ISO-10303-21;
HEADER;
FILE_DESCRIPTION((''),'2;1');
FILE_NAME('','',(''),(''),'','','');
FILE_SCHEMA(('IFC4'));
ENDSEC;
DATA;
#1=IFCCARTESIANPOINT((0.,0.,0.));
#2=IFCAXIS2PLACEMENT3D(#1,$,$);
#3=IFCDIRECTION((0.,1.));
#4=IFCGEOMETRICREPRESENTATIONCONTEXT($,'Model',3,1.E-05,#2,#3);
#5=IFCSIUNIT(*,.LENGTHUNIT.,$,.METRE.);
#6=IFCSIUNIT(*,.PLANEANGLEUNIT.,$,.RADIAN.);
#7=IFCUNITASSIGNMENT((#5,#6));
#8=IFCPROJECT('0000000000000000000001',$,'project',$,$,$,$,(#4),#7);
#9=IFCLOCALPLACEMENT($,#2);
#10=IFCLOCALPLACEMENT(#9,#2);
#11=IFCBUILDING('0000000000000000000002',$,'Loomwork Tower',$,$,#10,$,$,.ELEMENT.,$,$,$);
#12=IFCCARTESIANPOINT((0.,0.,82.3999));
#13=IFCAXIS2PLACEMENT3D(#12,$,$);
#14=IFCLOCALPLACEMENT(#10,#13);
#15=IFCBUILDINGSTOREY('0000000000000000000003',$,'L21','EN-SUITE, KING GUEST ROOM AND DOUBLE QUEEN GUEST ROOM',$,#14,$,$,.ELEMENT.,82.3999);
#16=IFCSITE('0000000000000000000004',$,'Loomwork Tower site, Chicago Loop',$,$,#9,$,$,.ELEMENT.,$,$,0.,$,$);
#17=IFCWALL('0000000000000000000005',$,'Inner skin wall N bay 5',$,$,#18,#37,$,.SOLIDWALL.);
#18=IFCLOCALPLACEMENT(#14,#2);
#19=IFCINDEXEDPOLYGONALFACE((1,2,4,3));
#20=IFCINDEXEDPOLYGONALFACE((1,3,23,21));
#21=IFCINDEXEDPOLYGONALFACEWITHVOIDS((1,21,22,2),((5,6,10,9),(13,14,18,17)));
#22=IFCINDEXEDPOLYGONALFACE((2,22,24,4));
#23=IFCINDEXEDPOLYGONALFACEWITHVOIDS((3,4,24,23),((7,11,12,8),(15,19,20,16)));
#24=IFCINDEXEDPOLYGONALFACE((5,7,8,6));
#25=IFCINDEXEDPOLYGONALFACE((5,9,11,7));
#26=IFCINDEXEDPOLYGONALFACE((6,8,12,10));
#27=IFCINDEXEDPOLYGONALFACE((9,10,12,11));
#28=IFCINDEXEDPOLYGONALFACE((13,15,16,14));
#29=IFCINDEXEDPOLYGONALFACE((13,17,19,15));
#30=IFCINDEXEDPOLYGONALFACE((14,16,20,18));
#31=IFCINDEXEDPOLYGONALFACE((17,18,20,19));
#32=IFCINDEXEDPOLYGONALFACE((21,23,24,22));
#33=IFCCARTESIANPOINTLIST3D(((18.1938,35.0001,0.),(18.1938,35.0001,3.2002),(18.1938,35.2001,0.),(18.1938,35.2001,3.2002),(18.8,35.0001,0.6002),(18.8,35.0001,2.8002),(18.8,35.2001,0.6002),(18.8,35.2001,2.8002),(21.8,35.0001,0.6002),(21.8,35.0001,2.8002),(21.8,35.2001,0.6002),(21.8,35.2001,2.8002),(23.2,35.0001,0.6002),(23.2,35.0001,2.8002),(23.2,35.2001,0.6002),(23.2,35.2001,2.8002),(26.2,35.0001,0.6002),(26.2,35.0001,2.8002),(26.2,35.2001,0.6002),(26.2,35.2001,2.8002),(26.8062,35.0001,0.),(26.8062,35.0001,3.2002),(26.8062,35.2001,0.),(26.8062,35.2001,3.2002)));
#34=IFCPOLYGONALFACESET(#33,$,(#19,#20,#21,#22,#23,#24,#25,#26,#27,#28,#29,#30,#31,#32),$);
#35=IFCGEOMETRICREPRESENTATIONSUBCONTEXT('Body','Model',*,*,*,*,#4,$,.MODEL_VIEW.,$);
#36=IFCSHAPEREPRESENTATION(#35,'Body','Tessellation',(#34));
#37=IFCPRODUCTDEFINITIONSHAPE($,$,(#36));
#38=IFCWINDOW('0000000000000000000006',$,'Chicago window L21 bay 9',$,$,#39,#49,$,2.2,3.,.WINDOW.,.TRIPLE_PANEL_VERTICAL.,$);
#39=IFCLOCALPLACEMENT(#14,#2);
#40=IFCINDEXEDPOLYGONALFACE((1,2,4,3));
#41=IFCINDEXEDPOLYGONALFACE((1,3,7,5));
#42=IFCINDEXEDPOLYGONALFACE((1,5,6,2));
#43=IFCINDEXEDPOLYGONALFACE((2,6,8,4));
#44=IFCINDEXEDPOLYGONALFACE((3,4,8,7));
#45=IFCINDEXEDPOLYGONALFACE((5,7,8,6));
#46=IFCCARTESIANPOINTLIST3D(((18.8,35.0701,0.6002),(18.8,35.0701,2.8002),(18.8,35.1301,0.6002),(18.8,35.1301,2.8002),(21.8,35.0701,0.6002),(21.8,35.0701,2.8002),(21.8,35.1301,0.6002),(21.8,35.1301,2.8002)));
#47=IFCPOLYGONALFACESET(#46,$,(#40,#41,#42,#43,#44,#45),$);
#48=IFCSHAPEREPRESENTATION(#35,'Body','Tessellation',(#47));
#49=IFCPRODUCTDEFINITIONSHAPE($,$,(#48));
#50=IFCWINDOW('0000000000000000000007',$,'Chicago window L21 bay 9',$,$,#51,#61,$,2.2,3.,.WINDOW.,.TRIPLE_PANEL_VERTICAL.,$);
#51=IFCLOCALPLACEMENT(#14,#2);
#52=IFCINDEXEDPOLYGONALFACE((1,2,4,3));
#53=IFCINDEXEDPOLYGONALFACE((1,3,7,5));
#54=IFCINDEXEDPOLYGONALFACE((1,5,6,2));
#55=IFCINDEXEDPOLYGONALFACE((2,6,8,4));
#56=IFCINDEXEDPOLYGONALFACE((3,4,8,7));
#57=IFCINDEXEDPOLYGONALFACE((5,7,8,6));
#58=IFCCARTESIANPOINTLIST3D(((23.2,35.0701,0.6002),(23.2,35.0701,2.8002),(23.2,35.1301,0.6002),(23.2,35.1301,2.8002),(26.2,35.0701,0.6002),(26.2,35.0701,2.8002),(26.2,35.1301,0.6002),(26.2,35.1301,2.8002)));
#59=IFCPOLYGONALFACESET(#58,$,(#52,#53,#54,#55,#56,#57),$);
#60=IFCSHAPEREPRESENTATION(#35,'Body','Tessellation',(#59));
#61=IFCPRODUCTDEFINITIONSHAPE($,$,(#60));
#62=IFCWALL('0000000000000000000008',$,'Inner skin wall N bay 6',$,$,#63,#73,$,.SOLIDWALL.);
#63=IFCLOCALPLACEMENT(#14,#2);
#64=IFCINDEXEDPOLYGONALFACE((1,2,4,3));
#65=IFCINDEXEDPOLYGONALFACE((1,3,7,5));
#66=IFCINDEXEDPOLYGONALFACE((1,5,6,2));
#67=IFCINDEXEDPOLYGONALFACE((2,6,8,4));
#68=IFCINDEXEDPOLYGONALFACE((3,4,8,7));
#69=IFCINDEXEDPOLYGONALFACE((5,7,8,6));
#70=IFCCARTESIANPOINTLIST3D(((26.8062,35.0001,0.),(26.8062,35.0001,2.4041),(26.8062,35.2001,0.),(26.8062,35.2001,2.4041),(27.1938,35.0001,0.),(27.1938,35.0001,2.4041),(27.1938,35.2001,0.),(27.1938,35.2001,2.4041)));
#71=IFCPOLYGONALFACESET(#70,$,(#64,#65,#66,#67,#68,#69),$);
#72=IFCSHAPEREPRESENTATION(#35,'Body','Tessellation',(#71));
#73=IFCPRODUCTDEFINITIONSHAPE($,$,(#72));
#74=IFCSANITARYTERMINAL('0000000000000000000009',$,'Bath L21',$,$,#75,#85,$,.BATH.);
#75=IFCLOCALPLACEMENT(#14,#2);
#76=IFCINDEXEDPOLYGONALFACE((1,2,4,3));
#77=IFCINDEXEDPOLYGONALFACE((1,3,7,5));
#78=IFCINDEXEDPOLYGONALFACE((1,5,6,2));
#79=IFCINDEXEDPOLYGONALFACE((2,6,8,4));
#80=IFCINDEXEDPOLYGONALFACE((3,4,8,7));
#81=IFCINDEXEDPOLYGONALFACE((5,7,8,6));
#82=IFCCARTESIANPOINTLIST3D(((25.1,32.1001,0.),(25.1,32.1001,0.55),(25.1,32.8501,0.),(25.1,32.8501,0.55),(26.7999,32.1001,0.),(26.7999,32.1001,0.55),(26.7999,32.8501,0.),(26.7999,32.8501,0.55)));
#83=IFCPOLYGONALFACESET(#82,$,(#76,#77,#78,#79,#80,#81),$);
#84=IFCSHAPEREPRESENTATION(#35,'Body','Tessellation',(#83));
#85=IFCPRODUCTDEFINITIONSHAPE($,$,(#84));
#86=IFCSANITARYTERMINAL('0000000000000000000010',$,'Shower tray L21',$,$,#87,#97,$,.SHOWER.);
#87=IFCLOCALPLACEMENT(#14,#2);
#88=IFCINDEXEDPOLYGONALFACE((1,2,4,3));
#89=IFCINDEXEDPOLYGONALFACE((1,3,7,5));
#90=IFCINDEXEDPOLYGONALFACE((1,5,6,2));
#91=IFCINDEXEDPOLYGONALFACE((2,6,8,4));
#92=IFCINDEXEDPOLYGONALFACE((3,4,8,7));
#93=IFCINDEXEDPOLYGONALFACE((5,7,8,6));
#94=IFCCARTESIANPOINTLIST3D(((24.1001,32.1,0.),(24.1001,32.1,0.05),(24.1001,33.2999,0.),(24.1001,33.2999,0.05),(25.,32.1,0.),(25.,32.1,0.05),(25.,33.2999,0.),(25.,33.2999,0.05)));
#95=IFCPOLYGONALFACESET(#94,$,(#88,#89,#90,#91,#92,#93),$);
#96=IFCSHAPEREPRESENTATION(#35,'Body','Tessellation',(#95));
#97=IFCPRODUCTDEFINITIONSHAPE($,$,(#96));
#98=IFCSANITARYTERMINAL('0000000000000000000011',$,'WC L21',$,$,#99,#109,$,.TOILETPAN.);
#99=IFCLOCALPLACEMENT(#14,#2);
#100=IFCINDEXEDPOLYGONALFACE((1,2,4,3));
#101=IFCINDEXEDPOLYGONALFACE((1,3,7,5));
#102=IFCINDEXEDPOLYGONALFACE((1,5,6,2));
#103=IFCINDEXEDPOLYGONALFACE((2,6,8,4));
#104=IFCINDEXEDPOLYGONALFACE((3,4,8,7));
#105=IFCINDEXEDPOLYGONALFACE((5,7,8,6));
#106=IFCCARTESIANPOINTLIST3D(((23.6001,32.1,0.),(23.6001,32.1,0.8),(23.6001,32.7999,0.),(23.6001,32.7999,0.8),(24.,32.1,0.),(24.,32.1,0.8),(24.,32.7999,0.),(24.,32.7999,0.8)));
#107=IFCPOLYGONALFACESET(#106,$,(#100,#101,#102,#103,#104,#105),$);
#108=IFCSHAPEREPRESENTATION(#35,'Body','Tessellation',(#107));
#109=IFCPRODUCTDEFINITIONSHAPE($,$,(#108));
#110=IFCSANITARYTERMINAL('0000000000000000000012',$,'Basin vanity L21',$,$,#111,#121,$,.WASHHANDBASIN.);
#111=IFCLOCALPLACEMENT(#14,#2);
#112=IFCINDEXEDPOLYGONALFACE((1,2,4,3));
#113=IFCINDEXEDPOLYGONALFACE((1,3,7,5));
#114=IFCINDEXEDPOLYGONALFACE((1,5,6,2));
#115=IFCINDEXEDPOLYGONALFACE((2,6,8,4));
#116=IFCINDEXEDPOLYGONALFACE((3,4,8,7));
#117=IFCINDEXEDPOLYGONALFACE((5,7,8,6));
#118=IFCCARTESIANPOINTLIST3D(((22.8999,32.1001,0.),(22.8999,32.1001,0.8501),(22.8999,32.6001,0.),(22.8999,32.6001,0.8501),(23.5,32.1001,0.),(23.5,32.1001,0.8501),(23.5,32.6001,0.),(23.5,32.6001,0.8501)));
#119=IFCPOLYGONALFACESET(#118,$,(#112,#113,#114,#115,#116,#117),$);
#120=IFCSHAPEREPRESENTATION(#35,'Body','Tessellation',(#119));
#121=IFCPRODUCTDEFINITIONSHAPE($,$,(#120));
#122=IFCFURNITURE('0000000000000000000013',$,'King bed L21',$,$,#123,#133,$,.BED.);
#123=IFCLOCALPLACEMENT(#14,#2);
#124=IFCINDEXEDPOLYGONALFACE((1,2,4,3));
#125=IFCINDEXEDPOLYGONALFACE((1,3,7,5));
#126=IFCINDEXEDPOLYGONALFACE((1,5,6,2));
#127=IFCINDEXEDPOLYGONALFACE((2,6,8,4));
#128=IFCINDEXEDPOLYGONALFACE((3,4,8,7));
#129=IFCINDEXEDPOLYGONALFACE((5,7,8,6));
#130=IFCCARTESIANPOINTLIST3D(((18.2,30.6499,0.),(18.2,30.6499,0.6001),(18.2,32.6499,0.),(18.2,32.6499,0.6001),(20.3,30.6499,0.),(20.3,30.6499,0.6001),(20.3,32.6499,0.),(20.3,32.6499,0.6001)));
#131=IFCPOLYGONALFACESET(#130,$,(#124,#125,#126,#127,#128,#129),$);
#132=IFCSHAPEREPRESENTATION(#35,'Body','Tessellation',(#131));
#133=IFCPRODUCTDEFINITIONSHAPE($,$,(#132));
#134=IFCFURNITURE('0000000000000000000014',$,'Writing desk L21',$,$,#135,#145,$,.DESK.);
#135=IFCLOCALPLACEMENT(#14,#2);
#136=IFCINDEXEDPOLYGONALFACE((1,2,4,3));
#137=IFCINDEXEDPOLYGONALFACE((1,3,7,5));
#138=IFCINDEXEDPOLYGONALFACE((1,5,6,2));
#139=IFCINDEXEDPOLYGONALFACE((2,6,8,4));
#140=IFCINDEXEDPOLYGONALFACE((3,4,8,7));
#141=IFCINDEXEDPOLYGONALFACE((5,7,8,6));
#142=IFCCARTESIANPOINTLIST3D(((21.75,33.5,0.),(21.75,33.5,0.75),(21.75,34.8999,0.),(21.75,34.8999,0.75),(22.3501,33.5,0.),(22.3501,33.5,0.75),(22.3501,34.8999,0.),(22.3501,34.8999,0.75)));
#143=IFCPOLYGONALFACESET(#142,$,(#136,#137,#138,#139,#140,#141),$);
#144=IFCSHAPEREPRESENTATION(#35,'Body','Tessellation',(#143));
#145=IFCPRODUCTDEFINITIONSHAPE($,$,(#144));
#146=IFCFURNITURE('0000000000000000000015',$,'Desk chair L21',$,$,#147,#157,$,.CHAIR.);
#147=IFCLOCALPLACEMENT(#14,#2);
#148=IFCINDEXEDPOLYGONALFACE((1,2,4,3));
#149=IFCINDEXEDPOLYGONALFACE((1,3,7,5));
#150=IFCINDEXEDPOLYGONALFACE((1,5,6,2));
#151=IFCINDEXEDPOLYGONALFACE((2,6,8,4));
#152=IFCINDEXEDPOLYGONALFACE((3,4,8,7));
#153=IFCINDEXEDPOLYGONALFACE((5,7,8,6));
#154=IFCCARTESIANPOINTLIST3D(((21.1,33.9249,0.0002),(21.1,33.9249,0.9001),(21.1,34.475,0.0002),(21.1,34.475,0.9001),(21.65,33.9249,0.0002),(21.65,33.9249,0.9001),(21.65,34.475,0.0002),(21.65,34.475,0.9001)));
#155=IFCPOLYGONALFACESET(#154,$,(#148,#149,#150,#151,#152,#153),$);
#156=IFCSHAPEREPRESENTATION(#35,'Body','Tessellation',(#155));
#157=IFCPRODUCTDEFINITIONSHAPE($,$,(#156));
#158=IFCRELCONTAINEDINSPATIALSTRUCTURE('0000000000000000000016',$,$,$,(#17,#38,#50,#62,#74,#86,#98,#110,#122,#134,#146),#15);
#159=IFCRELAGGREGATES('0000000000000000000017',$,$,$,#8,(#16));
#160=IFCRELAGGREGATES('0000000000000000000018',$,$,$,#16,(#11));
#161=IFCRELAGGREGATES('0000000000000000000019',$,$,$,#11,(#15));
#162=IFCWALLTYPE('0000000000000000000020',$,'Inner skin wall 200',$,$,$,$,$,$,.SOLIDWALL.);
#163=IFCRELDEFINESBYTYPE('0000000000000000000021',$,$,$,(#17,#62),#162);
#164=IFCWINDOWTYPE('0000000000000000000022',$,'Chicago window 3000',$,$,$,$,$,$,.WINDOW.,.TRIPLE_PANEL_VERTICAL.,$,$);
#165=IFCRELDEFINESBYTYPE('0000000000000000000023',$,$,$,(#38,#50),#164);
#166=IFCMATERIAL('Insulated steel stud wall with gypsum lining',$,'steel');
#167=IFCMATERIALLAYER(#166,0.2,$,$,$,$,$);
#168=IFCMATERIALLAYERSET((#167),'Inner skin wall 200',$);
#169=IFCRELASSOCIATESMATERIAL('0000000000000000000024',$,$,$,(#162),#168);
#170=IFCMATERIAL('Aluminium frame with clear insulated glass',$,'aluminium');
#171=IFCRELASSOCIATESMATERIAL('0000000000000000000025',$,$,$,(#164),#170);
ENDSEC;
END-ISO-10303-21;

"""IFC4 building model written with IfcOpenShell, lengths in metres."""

from ifc_helpers import new_model, si_unit, direction, frame, frame_2d, origin, origin_2d, place, context, subcontext, project, spatial, rectangle, extrude, material, layer, layer_set, type_object, element, fill, save


model = new_model("IFC4")

# Units and contexts
model_context = context("Model", 3, precision=1e-05, world=origin(), true_north=direction((0.0, 1.0)))
body_context = subcontext(model_context, "Body", "Model", "MODEL_VIEW")
ifc_project = project(units=[si_unit("LENGTHUNIT", "METRE"), si_unit("PLANEANGLEUNIT", "RADIAN")], contexts=[model_context])

# Site, building, storey
site_placement = place(None, origin())
site = spatial("IfcSite", under=ifc_project, at=site_placement, Name="Loomwork Tower site, Chicago Loop", CompositionType="ELEMENT", RefElevation=0.0)
building_placement = place(site_placement, origin())
building = spatial("IfcBuilding", under=site, at=building_placement, Name="Loomwork Tower", CompositionType="ELEMENT")
storey_placement = place(building_placement, frame((0.0, 0.0, 82.3999)))
storey = spatial("IfcBuildingStorey", under=building, at=storey_placement, Name="L21", Description="EN-SUITE, KING GUEST ROOM AND DOUBLE QUEEN GUEST ROOM", CompositionType="ELEMENT", Elevation=82.3999)

# Wall, openings, windows
ifc_material_1 = material(Name="Insulated steel stud wall with gypsum lining", Category="steel")
ifc_layer_1 = layer(ifc_material_1, 0.2)
ifc_layer_set_1 = layer_set([ifc_layer_1], Name="Inner skin wall 200")
wall_type_1 = type_object("IfcWallType", Name="Inner skin wall 200", PredefinedType="SOLIDWALL", material=ifc_layer_set_1)
wall_1_placement = place(storey_placement, frame((18.1938, 35.1001, 0.0), z_axis=(0.0, 0.0, 1.0), x_axis=(1.0, 0.0, 0.0)))
wall_1 = element("IfcWall", 1, at=wall_1_placement, inside=storey, type_object=wall_type_1, Name="Inner skin wall N bay 5", PredefinedType="SOLIDWALL", context=body_context, shape_type="SweptSolid", body=[
    extrude(rectangle(XDim=8.6123, YDim=0.2, at=frame_2d((4.3062, 0.0))), origin(), (0.0, 0.0, 1.0), 3.2002),
])
opening_1_placement = place(wall_1_placement, frame((0.6062, 0.0, 0.6001)))
opening_1 = element("IfcOpeningElement", 2, at=opening_1_placement, cuts=wall_1, PredefinedType="OPENING", context=body_context, shape_type="SweptSolid", body=[
    extrude(rectangle(XDim=3.0, YDim=2.2, at=frame_2d((1.5, 1.1001))), frame((0.0, 0.1099, 0.0), z_axis=(0.0, -1.0, 0.0), x_axis=(1.0, 0.0, 0.0)), (0.0, 0.0, 1.0), 0.22),
])
opening_2_placement = place(wall_1_placement, frame((5.0061, 0.0, 0.6001)))
opening_2 = element("IfcOpeningElement", 3, at=opening_2_placement, cuts=wall_1, PredefinedType="OPENING", context=body_context, shape_type="SweptSolid", body=[
    extrude(rectangle(XDim=3.0, YDim=2.2, at=frame_2d((1.5, 1.1001))), frame((0.0, 0.1099, 0.0), z_axis=(0.0, -1.0, 0.0), x_axis=(1.0, 0.0, 0.0)), (0.0, 0.0, 1.0), 0.22),
])
ifc_material_2 = material(Name="Aluminium frame with clear insulated glass", Category="aluminium")
window_type = type_object("IfcWindowType", Name="Chicago window 3000", PartitioningType="TRIPLE_PANEL_VERTICAL", PredefinedType="WINDOW", material=ifc_material_2)
window_1_placement = place(opening_1_placement, origin())
window_1 = element("IfcWindow", 4, at=window_1_placement, inside=storey, type_object=window_type, Name="Chicago window L21 bay 9", OverallHeight=2.2, OverallWidth=3.0, PartitioningType="TRIPLE_PANEL_VERTICAL", PredefinedType="WINDOW", context=body_context, shape_type="SweptSolid", body=[
    extrude(rectangle(XDim=3.0, YDim=2.2, at=frame_2d((1.5, 1.1001))), frame((0.0, 0.03, 0.0), z_axis=(0.0, -1.0, 0.0), x_axis=(1.0, 0.0, 0.0)), (0.0, 0.0, 1.0), 0.0601),
])
fill(opening_1, window_1)
window_2_placement = place(opening_2_placement, origin())
window_2 = element("IfcWindow", 5, at=window_2_placement, inside=storey, type_object=window_type, Name="Chicago window L21 bay 9", OverallHeight=2.2, OverallWidth=3.0, PartitioningType="TRIPLE_PANEL_VERTICAL", PredefinedType="WINDOW", context=body_context, shape_type="SweptSolid", body=[
    extrude(rectangle(XDim=3.0, YDim=2.2, at=frame_2d((1.5, 1.1001))), frame((0.0, 0.03, 0.0), z_axis=(0.0, -1.0, 0.0), x_axis=(1.0, 0.0, 0.0)), (0.0, 0.0, 1.0), 0.0601),
])
fill(opening_2, window_2)

# Wall
wall_2_placement = place(storey_placement, frame((26.8062, 35.1001, 0.0), z_axis=(0.0, 0.0, 1.0), x_axis=(1.0, 0.0, 0.0)))
element("IfcWall", 6, at=wall_2_placement, inside=storey, type_object=wall_type_1, Name="Inner skin wall N bay 6", PredefinedType="SOLIDWALL", context=body_context, shape_type="SweptSolid", body=[
    extrude(rectangle(XDim=0.3877, YDim=0.2, at=frame_2d((0.1938, 0.0))), origin(), (0.0, 0.0, 1.0), 2.4041),
])

# Sanitary terminals
sanitary_terminal_1_placement = place(storey_placement, frame((25.95, 32.4751, 0.0), z_axis=(0.0, 0.0, 1.0), x_axis=(1.0, 0.0, 0.0)))
element("IfcSanitaryTerminal", 7, at=sanitary_terminal_1_placement, inside=storey, Name="Bath L21", PredefinedType="BATH", context=body_context, shape_type="SweptSolid", body=[
    extrude(rectangle(XDim=1.7, YDim=0.75, at=origin_2d()), origin(), (0.0, 0.0, 1.0), 0.55),
])
sanitary_terminal_2_placement = place(storey_placement, frame((24.55, 32.7, 0.0), z_axis=(0.0, 0.0, 1.0), x_axis=(1.0, 0.0, 0.0)))
element("IfcSanitaryTerminal", 8, at=sanitary_terminal_2_placement, inside=storey, Name="Shower tray L21", PredefinedType="SHOWER", context=body_context, shape_type="SweptSolid", body=[
    extrude(rectangle(XDim=0.8999, YDim=1.2, at=origin_2d()), origin(), (0.0, 0.0, 1.0), 0.05),
])
sanitary_terminal_3_placement = place(storey_placement, frame((23.8, 32.45, 0.0), z_axis=(0.0, 0.0, 1.0), x_axis=(1.0, 0.0, 0.0)))
element("IfcSanitaryTerminal", 9, at=sanitary_terminal_3_placement, inside=storey, Name="WC L21", PredefinedType="TOILETPAN", context=body_context, shape_type="SweptSolid", body=[
    extrude(rectangle(XDim=0.3999, YDim=0.7, at=origin_2d()), origin(), (0.0, 0.0, 1.0), 0.8),
])
sanitary_terminal_4_placement = place(storey_placement, frame((23.2, 32.3501, 0.0), z_axis=(0.0, 0.0, 1.0), x_axis=(1.0, 0.0, 0.0)))
element("IfcSanitaryTerminal", 10, at=sanitary_terminal_4_placement, inside=storey, Name="Basin vanity L21", PredefinedType="WASHHANDBASIN", context=body_context, shape_type="SweptSolid", body=[
    extrude(rectangle(XDim=0.6001, YDim=0.5, at=origin_2d()), origin(), (0.0, 0.0, 1.0), 0.8501),
])

# Furniture
furniture_1_placement = place(storey_placement, frame((19.25, 31.6499, 0.0), z_axis=(0.0, 0.0, 1.0), x_axis=(1.0, 0.0, 0.0)))
element("IfcFurniture", 11, at=furniture_1_placement, inside=storey, Name="King bed L21", PredefinedType="BED", context=body_context, shape_type="SweptSolid", body=[
    extrude(rectangle(XDim=2.1001, YDim=2.0, at=origin_2d()), origin(), (0.0, 0.0, 1.0), 0.6001),
])
furniture_2_placement = place(storey_placement, frame((22.05, 34.2, 0.0), z_axis=(0.0, 0.0, 1.0), x_axis=(1.0, 0.0, 0.0)))
element("IfcFurniture", 12, at=furniture_2_placement, inside=storey, Name="Writing desk L21", PredefinedType="DESK", context=body_context, shape_type="SweptSolid", body=[
    extrude(rectangle(XDim=0.6001, YDim=1.3999, at=origin_2d()), origin(), (0.0, 0.0, 1.0), 0.75),
])
furniture_3_placement = place(storey_placement, frame((21.375, 34.2, 0.0002), z_axis=(0.0, 0.0, 1.0), x_axis=(1.0, 0.0, 0.0)))
element("IfcFurniture", 13, at=furniture_3_placement, inside=storey, Name="Desk chair L21", PredefinedType="CHAIR", context=body_context, shape_type="SweptSolid", body=[
    extrude(rectangle(XDim=0.55, YDim=0.55, at=origin_2d()), origin(), (0.0, 0.0, 1.0), 0.8999),
])

save(model, "model.ifc")
